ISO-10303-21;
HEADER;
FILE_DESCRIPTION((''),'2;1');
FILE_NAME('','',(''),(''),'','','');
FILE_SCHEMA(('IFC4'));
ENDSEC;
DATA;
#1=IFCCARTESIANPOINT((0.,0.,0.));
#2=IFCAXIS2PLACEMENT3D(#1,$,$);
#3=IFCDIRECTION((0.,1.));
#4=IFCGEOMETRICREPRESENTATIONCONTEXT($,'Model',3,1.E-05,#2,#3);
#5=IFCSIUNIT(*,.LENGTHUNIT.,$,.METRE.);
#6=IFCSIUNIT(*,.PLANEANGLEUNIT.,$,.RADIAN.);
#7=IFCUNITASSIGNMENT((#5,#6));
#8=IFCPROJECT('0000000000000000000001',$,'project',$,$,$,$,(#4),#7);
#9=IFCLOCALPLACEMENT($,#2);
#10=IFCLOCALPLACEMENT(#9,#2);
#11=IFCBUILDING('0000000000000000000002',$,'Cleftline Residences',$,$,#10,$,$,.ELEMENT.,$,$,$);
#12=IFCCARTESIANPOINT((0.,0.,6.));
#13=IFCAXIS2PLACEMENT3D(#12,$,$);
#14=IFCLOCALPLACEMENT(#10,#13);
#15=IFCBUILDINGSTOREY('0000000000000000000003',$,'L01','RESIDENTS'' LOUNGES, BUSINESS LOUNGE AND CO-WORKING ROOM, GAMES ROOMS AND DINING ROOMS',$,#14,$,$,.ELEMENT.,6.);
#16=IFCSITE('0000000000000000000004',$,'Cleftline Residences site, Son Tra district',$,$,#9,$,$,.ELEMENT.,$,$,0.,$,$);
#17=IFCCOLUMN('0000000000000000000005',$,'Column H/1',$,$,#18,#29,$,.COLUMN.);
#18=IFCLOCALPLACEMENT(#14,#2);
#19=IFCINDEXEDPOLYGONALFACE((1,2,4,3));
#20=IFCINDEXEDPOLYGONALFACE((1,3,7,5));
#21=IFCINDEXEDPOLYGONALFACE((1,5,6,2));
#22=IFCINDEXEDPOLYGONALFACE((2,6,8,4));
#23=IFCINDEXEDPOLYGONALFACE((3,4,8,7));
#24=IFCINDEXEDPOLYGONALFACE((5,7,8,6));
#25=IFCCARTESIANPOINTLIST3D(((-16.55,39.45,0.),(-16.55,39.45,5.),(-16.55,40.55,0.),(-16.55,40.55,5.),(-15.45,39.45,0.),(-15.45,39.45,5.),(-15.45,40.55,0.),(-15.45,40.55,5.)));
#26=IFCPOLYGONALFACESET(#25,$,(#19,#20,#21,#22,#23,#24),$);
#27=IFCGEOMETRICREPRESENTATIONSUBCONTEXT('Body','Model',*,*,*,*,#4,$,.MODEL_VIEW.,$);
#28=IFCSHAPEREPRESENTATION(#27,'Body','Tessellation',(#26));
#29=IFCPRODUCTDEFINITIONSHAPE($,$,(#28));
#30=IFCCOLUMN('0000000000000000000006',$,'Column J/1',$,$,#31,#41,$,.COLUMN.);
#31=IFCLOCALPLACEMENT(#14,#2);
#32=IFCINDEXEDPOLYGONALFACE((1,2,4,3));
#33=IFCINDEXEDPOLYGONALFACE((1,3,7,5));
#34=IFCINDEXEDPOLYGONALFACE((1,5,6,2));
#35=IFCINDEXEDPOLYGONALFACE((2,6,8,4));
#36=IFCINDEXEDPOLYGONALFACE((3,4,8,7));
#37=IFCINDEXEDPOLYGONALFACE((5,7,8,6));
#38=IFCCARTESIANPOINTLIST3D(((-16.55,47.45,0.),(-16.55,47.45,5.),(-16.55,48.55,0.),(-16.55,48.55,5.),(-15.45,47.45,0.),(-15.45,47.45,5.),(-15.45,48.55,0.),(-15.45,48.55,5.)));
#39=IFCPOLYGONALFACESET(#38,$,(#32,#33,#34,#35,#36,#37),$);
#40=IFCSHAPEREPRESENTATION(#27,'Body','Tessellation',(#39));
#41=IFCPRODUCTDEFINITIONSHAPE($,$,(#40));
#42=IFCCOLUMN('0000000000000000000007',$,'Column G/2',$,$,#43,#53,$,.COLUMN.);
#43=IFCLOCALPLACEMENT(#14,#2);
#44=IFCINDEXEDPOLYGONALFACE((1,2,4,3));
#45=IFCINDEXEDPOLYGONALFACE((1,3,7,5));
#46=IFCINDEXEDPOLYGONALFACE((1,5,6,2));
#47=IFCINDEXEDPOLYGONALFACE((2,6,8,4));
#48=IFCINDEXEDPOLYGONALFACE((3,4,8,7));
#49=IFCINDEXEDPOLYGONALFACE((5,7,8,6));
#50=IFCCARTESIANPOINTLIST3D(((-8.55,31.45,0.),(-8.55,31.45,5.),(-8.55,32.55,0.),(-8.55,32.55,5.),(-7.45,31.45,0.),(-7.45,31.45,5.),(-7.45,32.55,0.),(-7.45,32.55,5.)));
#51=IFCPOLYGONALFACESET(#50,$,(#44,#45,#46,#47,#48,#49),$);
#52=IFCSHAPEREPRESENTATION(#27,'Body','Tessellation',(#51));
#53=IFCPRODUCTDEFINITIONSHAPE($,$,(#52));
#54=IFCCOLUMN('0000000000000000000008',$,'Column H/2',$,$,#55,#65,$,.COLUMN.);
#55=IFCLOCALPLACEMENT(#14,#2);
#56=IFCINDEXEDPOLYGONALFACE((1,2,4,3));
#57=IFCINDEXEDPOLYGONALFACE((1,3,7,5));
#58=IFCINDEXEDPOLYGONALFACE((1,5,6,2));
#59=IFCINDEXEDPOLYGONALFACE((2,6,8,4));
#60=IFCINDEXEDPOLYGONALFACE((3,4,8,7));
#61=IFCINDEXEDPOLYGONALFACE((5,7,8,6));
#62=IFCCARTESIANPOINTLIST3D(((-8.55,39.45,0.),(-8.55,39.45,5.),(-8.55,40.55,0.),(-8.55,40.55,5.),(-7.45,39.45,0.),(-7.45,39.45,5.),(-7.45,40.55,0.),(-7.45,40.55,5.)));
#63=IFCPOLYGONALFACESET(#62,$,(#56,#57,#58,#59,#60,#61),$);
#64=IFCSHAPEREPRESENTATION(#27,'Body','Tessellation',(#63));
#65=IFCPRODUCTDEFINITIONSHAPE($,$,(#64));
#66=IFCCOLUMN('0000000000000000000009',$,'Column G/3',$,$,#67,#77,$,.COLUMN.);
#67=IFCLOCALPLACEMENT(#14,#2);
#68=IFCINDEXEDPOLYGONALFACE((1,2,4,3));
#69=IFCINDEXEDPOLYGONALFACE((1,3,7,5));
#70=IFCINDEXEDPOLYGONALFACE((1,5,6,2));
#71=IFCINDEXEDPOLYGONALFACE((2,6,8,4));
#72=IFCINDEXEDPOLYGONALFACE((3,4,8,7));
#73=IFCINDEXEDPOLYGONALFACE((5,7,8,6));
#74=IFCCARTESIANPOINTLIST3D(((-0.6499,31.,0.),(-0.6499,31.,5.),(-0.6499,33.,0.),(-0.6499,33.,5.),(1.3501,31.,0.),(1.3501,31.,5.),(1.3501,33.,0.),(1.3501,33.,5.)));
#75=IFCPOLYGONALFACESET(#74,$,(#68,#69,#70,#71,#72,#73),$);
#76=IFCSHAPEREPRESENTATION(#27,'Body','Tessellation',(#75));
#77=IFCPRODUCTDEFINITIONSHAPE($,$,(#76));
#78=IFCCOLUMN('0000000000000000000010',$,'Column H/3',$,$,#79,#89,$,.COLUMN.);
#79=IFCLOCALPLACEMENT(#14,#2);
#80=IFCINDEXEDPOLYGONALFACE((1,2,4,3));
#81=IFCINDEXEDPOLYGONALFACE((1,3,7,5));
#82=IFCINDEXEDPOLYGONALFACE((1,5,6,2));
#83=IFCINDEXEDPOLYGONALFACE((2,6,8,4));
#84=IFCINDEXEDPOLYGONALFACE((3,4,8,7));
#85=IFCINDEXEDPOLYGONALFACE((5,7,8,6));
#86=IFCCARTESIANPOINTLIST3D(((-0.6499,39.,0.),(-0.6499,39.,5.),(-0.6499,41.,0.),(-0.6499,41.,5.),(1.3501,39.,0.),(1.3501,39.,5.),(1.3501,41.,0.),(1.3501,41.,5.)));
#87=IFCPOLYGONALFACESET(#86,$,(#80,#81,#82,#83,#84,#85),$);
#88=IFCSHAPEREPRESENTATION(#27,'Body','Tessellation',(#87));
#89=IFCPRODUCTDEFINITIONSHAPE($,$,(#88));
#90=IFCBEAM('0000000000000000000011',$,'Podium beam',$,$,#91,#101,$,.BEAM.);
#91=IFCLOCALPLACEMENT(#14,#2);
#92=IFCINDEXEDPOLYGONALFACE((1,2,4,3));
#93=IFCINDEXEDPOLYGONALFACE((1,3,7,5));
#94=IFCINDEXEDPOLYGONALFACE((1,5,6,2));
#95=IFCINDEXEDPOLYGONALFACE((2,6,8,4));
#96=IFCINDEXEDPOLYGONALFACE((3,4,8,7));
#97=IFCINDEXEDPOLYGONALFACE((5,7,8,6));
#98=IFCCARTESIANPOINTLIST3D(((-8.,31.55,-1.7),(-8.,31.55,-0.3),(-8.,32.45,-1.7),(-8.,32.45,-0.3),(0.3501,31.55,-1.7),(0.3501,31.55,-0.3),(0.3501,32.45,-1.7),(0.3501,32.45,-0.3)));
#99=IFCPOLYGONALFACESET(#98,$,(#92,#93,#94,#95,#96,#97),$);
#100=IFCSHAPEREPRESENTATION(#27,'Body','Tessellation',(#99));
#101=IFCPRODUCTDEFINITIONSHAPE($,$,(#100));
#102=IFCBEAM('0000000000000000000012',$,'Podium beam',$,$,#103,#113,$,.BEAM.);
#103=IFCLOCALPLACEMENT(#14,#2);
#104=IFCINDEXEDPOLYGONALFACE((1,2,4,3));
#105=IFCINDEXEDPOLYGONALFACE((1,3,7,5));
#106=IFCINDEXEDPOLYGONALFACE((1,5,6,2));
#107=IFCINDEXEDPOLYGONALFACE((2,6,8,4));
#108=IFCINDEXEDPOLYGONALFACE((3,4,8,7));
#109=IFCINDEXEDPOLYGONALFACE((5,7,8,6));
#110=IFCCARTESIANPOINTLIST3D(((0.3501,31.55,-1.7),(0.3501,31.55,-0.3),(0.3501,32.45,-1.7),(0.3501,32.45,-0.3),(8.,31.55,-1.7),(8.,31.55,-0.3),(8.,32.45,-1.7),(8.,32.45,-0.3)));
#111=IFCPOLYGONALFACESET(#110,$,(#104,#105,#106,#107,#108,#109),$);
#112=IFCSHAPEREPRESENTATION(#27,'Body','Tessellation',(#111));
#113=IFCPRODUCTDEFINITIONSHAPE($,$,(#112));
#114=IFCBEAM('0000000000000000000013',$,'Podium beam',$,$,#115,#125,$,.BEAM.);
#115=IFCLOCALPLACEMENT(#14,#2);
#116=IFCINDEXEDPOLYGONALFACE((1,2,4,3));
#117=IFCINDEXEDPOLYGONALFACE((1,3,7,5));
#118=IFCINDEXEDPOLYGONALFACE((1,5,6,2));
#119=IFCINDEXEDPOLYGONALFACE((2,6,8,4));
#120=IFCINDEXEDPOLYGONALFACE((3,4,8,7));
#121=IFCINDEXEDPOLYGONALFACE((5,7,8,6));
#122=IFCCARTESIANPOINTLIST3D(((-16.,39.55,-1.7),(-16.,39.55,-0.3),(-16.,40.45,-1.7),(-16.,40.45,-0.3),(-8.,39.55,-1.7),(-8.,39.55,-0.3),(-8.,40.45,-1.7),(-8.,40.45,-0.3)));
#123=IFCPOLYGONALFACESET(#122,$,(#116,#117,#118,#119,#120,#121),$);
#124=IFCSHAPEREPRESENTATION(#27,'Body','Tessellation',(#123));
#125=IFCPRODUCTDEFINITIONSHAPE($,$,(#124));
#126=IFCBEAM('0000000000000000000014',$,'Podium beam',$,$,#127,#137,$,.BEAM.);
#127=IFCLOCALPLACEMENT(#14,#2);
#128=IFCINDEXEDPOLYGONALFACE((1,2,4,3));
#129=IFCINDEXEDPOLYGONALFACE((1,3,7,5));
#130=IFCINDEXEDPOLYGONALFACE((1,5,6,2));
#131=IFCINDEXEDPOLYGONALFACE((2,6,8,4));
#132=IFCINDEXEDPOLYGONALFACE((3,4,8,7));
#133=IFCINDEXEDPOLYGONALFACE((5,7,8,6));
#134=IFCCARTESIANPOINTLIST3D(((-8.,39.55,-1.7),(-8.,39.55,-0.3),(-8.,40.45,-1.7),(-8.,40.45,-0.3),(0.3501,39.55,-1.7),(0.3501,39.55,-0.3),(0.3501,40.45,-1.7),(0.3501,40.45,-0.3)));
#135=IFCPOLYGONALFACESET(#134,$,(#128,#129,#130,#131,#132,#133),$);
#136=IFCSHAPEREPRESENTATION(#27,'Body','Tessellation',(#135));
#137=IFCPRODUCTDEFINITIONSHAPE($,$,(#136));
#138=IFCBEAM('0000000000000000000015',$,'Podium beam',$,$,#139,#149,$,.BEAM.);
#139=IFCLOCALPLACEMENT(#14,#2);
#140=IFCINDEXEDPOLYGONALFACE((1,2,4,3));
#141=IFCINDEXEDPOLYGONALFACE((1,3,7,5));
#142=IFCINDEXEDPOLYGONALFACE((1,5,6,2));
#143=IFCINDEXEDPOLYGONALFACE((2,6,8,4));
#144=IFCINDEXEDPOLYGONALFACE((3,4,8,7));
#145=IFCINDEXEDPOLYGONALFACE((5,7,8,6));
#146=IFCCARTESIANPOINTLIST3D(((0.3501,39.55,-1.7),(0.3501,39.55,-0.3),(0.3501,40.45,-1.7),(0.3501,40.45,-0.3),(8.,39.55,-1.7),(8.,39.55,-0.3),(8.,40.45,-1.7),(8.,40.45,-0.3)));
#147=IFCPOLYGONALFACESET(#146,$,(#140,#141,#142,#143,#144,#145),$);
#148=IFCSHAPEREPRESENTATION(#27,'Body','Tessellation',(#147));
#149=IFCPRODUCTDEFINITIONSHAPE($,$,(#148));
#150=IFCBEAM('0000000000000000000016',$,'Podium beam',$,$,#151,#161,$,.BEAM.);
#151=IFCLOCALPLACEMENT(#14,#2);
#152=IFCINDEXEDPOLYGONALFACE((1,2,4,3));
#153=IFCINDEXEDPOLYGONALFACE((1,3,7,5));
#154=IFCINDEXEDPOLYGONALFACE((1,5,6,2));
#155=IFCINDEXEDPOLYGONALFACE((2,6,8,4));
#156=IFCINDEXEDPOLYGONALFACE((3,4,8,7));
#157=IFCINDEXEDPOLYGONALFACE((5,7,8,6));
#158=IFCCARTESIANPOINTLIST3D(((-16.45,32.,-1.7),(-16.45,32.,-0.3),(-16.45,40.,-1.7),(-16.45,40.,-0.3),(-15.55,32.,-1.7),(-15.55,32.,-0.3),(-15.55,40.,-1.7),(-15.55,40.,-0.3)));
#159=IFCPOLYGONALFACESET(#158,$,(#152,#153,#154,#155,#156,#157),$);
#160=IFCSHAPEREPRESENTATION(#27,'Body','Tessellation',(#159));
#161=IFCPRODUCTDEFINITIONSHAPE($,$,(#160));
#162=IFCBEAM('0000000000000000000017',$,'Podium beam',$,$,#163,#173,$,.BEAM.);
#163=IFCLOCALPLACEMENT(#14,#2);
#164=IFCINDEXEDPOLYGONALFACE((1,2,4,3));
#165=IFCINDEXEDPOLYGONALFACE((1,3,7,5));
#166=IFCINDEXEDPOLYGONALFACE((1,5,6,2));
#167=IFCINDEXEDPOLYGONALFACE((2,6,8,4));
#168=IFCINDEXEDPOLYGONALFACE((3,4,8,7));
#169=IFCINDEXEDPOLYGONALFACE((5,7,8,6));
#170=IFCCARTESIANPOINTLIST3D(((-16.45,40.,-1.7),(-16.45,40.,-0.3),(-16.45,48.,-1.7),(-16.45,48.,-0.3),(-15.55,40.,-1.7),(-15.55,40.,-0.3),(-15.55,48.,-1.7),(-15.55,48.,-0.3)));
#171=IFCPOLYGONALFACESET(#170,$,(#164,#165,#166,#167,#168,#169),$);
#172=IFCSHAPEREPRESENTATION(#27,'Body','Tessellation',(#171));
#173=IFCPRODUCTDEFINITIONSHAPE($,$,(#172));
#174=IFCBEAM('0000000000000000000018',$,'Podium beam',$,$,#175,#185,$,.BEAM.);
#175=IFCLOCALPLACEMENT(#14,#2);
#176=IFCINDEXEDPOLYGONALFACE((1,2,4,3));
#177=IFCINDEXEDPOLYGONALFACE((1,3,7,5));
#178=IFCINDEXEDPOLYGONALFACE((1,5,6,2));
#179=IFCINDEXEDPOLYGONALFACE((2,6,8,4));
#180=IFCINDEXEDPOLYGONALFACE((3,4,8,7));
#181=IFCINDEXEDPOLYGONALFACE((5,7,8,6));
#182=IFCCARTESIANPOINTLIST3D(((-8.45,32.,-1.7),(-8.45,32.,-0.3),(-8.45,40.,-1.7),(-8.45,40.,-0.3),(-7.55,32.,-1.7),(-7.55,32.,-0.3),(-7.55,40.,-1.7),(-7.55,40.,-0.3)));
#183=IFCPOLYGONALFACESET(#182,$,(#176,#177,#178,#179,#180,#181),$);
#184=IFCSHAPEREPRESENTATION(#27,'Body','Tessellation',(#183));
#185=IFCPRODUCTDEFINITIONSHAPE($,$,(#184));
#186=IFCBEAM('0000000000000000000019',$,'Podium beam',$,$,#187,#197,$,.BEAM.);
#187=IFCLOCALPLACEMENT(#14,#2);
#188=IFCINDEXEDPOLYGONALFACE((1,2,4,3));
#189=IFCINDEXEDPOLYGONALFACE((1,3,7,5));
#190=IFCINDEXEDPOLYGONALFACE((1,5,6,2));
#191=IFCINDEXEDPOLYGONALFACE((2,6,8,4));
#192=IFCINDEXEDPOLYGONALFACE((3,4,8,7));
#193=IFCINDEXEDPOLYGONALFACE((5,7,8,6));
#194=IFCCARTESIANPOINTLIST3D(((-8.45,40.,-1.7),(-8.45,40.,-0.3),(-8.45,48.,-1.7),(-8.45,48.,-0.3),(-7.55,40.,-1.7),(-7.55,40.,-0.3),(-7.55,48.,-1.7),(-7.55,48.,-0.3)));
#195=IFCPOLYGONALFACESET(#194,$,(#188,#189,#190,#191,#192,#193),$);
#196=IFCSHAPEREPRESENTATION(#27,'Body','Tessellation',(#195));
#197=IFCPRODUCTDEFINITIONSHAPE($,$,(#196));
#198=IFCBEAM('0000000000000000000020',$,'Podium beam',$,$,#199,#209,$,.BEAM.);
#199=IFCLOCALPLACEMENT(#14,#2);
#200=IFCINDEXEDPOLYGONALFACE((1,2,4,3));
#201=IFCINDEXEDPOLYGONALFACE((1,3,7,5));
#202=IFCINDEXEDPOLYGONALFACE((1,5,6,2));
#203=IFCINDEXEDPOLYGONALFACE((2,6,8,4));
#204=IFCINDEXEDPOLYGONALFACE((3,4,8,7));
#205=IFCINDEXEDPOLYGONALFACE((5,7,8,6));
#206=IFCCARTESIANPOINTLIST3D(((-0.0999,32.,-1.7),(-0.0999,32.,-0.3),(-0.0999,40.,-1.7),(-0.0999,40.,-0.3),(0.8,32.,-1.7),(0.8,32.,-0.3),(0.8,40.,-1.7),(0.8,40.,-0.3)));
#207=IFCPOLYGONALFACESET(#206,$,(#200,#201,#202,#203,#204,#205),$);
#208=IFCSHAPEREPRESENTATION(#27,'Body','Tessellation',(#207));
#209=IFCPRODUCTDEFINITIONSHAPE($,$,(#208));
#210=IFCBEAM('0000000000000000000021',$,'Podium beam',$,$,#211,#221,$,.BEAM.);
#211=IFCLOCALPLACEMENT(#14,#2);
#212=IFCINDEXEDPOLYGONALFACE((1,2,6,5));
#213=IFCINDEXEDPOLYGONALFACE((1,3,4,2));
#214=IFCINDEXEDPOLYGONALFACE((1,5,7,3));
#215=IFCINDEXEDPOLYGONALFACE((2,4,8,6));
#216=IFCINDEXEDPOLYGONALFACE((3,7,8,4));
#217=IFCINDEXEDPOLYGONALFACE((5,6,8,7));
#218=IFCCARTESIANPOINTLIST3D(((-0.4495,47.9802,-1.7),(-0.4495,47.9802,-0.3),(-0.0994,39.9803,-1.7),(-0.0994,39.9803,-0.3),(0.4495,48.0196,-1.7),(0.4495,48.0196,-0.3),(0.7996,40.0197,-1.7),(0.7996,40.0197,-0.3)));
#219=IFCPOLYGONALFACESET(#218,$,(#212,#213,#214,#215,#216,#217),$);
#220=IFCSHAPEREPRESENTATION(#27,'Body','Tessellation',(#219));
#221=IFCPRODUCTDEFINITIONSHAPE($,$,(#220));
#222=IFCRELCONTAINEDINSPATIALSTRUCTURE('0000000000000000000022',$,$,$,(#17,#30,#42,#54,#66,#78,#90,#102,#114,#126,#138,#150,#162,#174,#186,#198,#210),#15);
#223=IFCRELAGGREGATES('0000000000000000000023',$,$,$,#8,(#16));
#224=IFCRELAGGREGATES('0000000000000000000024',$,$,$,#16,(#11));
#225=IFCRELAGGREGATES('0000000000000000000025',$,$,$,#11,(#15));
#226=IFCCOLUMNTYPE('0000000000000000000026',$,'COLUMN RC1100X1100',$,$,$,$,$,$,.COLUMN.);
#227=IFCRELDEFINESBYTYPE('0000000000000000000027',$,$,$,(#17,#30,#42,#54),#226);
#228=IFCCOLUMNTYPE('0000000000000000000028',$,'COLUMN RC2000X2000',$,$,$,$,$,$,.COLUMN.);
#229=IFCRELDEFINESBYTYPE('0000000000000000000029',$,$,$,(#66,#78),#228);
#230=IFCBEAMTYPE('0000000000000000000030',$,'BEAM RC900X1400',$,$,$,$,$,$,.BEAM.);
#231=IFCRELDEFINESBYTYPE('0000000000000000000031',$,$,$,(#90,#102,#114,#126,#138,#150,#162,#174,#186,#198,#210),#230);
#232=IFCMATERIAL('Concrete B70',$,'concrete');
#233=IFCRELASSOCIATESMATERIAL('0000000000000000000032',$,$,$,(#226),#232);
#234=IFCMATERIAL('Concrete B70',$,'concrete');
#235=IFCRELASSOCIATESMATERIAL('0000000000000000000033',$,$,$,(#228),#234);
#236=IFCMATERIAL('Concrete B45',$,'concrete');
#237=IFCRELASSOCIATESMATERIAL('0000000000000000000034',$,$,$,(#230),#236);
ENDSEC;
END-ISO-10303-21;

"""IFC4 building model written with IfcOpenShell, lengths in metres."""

from ifc_helpers import new_model, si_unit, direction, frame, origin, origin_2d, place, context, subcontext, project, spatial, rectangle, extrude, material, material_profile, profile_set, type_object, element, save


model = new_model("IFC4")

# Units and contexts
model_context = context("Model", 3, precision=1e-05, world=origin(), true_north=direction((0.0, 1.0)))
body_context = subcontext(model_context, "Body", "Model", "MODEL_VIEW")
ifc_project = project(units=[si_unit("LENGTHUNIT", "METRE"), si_unit("PLANEANGLEUNIT", "RADIAN")], contexts=[model_context])

# Site, building, storey
site_placement = place(None, origin())
site = spatial("IfcSite", under=ifc_project, at=site_placement, Name="Cleftline Residences site, Son Tra district", CompositionType="ELEMENT", RefElevation=0.0)
building_placement = place(site_placement, origin())
building = spatial("IfcBuilding", under=site, at=building_placement, Name="Cleftline Residences", CompositionType="ELEMENT")
storey_placement = place(building_placement, frame((0.0, 0.0, 6.0)))
storey = spatial("IfcBuildingStorey", under=building, at=storey_placement, Name="L01", Description="RESIDENTS' LOUNGES, BUSINESS LOUNGE AND CO-WORKING ROOM, GAMES ROOMS AND DINING ROOMS", CompositionType="ELEMENT", Elevation=6.0)

# Columns
ifc_material_1 = material(Name="Concrete B70", Category="concrete")
ifc_material_profile_1 = material_profile(ifc_material_1, rectangle(XDim=1.1001, YDim=1.1001, at=origin_2d()))
ifc_profile_set_1 = profile_set([ifc_material_profile_1], Name="Concrete B70")
column_type_1 = type_object("IfcColumnType", Name="COLUMN RC1100X1100", PredefinedType="COLUMN", material=ifc_profile_set_1)
for number, where, z_axis, x_axis, name in (
    (1, (-16.0, 40.0, 0.0), (0.0, 0.0, 1.0), (1.0, 0.0, 0.0), "Column H/1"),
    (2, (-16.0, 48.0, 0.0), (0.0, 0.0, 1.0), (1.0, 0.0, 0.0), "Column J/1"),
    (3, (-8.0, 32.0, 0.0), (0.0, 0.0, 1.0), (1.0, 0.0, 0.0), "Column G/2"),
    (4, (-8.0, 40.0, 0.0), (0.0, 0.0, 1.0), (1.0, 0.0, 0.0), "Column H/2"),
):
    element("IfcColumn", number, at=place(storey_placement, frame(where, z_axis=z_axis, x_axis=x_axis)), inside=storey, type_object=column_type_1, Name=name, PredefinedType="COLUMN", context=body_context, shape_type="SweptSolid", body=[
        extrude(rectangle(XDim=1.1001, YDim=1.1001, at=origin_2d()), origin(), (0.0, 0.0, 1.0), 5.0),
    ])
ifc_material_2 = material(Name="Concrete B70", Category="concrete")
ifc_material_profile_2 = material_profile(ifc_material_2, rectangle(XDim=2.0, YDim=2.0, at=origin_2d()))
ifc_profile_set_2 = profile_set([ifc_material_profile_2], Name="Concrete B70")
column_type_2 = type_object("IfcColumnType", Name="COLUMN RC2000X2000", PredefinedType="COLUMN", material=ifc_profile_set_2)
for number, where, z_axis, x_axis, name in (
    (5, (0.3501, 32.0, 0.0), (0.0, 0.0, 1.0), (1.0, 0.0, 0.0), "Column G/3"),
    (6, (0.3501, 40.0, 0.0), (0.0, 0.0, 1.0), (1.0, 0.0, 0.0), "Column H/3"),
):
    element("IfcColumn", number, at=place(storey_placement, frame(where, z_axis=z_axis, x_axis=x_axis)), inside=storey, type_object=column_type_2, Name=name, PredefinedType="COLUMN", context=body_context, shape_type="SweptSolid", body=[
        extrude(rectangle(XDim=2.0, YDim=2.0, at=origin_2d()), origin(), (0.0, 0.0, 1.0), 5.0),
    ])

# Beams
ifc_material_3 = material(Name="Concrete B45", Category="concrete")
ifc_material_profile_3 = material_profile(ifc_material_3, rectangle(XDim=0.8999, YDim=1.3999, at=origin_2d()))
ifc_profile_set_3 = profile_set([ifc_material_profile_3], Name="Concrete B45")
beam_type = type_object("IfcBeamType", Name="BEAM RC900X1400", PredefinedType="BEAM", material=ifc_profile_set_3)
beam_1_placement = place(storey_placement, frame((-8.0, 32.0, -1.0), z_axis=(1.0, 0.0, 0.0), x_axis=(0.0, 1.0, 0.0)))
element("IfcBeam", 7, at=beam_1_placement, inside=storey, type_object=beam_type, Name="Podium beam", PredefinedType="BEAM", context=body_context, shape_type="SweptSolid", body=[
    extrude(rectangle(XDim=0.8999, YDim=1.3999, at=origin_2d()), origin(), (0.0, 0.0, 1.0), 8.3501),
])
beam_2_placement = place(storey_placement, frame((0.3501, 32.0, -1.0), z_axis=(1.0, 0.0, 0.0), x_axis=(0.0, 1.0, 0.0)))
element("IfcBeam", 8, at=beam_2_placement, inside=storey, type_object=beam_type, Name="Podium beam", PredefinedType="BEAM", context=body_context, shape_type="SweptSolid", body=[
    extrude(rectangle(XDim=0.8999, YDim=1.3999, at=origin_2d()), origin(), (0.0, 0.0, 1.0), 7.6499),
])
beam_3_placement = place(storey_placement, frame((-16.0, 40.0, -1.0), z_axis=(1.0, 0.0, 0.0), x_axis=(0.0, 1.0, 0.0)))
element("IfcBeam", 9, at=beam_3_placement, inside=storey, type_object=beam_type, Name="Podium beam", PredefinedType="BEAM", context=body_context, shape_type="SweptSolid", body=[
    extrude(rectangle(XDim=0.8999, YDim=1.3999, at=origin_2d()), origin(), (0.0, 0.0, 1.0), 8.0),
])
beam_4_placement = place(storey_placement, frame((-8.0, 40.0, -1.0), z_axis=(1.0, 0.0, 0.0), x_axis=(0.0, 1.0, 0.0)))
element("IfcBeam", 10, at=beam_4_placement, inside=storey, type_object=beam_type, Name="Podium beam", PredefinedType="BEAM", context=body_context, shape_type="SweptSolid", body=[
    extrude(rectangle(XDim=0.8999, YDim=1.3999, at=origin_2d()), origin(), (0.0, 0.0, 1.0), 8.3501),
])
beam_5_placement = place(storey_placement, frame((0.3501, 40.0, -1.0), z_axis=(1.0, 0.0, 0.0), x_axis=(0.0, 1.0, 0.0)))
element("IfcBeam", 11, at=beam_5_placement, inside=storey, type_object=beam_type, Name="Podium beam", PredefinedType="BEAM", context=body_context, shape_type="SweptSolid", body=[
    extrude(rectangle(XDim=0.8999, YDim=1.3999, at=origin_2d()), origin(), (0.0, 0.0, 1.0), 7.6499),
])
for number, where, z_axis, x_axis, name in (
    (12, (-16.0, 32.0, -1.0), (0.0, 1.0, 0.0), (-1.0, 0.0, 0.0), "Podium beam"),
    (13, (-16.0, 40.0, -1.0), (0.0, 1.0, 0.0), (-1.0, 0.0, 0.0), "Podium beam"),
    (14, (-8.0, 32.0, -1.0), (0.0, 1.0, 0.0), (-1.0, 0.0, 0.0), "Podium beam"),
    (15, (-8.0, 40.0, -1.0), (0.0, 1.0, 0.0), (-1.0, 0.0, 0.0), "Podium beam"),
    (16, (0.3501, 32.0, -1.0), (0.0, 1.0, 0.0), (-1.0, 0.0, 0.0), "Podium beam"),
):
    element("IfcBeam", number, at=place(storey_placement, frame(where, z_axis=z_axis, x_axis=x_axis)), inside=storey, type_object=beam_type, Name=name, PredefinedType="BEAM", context=body_context, shape_type="SweptSolid", body=[
        extrude(rectangle(XDim=0.8999, YDim=1.3999, at=origin_2d()), origin(), (0.0, 0.0, 1.0), 8.0),
    ])
beam_6_placement = place(storey_placement, frame((0.3501, 40.0, -1.0), z_axis=(-0.04372, 0.999044, 0.0), x_axis=(-0.999044, -0.04372, 0.0)))
element("IfcBeam", 17, at=beam_6_placement, inside=storey, type_object=beam_type, Name="Podium beam", PredefinedType="BEAM", context=body_context, shape_type="SweptSolid", body=[
    extrude(rectangle(XDim=0.8999, YDim=1.3999, at=origin_2d()), origin(), (0.0, 0.0, 1.0), 8.0076),
])

save(model, "model.ifc")
